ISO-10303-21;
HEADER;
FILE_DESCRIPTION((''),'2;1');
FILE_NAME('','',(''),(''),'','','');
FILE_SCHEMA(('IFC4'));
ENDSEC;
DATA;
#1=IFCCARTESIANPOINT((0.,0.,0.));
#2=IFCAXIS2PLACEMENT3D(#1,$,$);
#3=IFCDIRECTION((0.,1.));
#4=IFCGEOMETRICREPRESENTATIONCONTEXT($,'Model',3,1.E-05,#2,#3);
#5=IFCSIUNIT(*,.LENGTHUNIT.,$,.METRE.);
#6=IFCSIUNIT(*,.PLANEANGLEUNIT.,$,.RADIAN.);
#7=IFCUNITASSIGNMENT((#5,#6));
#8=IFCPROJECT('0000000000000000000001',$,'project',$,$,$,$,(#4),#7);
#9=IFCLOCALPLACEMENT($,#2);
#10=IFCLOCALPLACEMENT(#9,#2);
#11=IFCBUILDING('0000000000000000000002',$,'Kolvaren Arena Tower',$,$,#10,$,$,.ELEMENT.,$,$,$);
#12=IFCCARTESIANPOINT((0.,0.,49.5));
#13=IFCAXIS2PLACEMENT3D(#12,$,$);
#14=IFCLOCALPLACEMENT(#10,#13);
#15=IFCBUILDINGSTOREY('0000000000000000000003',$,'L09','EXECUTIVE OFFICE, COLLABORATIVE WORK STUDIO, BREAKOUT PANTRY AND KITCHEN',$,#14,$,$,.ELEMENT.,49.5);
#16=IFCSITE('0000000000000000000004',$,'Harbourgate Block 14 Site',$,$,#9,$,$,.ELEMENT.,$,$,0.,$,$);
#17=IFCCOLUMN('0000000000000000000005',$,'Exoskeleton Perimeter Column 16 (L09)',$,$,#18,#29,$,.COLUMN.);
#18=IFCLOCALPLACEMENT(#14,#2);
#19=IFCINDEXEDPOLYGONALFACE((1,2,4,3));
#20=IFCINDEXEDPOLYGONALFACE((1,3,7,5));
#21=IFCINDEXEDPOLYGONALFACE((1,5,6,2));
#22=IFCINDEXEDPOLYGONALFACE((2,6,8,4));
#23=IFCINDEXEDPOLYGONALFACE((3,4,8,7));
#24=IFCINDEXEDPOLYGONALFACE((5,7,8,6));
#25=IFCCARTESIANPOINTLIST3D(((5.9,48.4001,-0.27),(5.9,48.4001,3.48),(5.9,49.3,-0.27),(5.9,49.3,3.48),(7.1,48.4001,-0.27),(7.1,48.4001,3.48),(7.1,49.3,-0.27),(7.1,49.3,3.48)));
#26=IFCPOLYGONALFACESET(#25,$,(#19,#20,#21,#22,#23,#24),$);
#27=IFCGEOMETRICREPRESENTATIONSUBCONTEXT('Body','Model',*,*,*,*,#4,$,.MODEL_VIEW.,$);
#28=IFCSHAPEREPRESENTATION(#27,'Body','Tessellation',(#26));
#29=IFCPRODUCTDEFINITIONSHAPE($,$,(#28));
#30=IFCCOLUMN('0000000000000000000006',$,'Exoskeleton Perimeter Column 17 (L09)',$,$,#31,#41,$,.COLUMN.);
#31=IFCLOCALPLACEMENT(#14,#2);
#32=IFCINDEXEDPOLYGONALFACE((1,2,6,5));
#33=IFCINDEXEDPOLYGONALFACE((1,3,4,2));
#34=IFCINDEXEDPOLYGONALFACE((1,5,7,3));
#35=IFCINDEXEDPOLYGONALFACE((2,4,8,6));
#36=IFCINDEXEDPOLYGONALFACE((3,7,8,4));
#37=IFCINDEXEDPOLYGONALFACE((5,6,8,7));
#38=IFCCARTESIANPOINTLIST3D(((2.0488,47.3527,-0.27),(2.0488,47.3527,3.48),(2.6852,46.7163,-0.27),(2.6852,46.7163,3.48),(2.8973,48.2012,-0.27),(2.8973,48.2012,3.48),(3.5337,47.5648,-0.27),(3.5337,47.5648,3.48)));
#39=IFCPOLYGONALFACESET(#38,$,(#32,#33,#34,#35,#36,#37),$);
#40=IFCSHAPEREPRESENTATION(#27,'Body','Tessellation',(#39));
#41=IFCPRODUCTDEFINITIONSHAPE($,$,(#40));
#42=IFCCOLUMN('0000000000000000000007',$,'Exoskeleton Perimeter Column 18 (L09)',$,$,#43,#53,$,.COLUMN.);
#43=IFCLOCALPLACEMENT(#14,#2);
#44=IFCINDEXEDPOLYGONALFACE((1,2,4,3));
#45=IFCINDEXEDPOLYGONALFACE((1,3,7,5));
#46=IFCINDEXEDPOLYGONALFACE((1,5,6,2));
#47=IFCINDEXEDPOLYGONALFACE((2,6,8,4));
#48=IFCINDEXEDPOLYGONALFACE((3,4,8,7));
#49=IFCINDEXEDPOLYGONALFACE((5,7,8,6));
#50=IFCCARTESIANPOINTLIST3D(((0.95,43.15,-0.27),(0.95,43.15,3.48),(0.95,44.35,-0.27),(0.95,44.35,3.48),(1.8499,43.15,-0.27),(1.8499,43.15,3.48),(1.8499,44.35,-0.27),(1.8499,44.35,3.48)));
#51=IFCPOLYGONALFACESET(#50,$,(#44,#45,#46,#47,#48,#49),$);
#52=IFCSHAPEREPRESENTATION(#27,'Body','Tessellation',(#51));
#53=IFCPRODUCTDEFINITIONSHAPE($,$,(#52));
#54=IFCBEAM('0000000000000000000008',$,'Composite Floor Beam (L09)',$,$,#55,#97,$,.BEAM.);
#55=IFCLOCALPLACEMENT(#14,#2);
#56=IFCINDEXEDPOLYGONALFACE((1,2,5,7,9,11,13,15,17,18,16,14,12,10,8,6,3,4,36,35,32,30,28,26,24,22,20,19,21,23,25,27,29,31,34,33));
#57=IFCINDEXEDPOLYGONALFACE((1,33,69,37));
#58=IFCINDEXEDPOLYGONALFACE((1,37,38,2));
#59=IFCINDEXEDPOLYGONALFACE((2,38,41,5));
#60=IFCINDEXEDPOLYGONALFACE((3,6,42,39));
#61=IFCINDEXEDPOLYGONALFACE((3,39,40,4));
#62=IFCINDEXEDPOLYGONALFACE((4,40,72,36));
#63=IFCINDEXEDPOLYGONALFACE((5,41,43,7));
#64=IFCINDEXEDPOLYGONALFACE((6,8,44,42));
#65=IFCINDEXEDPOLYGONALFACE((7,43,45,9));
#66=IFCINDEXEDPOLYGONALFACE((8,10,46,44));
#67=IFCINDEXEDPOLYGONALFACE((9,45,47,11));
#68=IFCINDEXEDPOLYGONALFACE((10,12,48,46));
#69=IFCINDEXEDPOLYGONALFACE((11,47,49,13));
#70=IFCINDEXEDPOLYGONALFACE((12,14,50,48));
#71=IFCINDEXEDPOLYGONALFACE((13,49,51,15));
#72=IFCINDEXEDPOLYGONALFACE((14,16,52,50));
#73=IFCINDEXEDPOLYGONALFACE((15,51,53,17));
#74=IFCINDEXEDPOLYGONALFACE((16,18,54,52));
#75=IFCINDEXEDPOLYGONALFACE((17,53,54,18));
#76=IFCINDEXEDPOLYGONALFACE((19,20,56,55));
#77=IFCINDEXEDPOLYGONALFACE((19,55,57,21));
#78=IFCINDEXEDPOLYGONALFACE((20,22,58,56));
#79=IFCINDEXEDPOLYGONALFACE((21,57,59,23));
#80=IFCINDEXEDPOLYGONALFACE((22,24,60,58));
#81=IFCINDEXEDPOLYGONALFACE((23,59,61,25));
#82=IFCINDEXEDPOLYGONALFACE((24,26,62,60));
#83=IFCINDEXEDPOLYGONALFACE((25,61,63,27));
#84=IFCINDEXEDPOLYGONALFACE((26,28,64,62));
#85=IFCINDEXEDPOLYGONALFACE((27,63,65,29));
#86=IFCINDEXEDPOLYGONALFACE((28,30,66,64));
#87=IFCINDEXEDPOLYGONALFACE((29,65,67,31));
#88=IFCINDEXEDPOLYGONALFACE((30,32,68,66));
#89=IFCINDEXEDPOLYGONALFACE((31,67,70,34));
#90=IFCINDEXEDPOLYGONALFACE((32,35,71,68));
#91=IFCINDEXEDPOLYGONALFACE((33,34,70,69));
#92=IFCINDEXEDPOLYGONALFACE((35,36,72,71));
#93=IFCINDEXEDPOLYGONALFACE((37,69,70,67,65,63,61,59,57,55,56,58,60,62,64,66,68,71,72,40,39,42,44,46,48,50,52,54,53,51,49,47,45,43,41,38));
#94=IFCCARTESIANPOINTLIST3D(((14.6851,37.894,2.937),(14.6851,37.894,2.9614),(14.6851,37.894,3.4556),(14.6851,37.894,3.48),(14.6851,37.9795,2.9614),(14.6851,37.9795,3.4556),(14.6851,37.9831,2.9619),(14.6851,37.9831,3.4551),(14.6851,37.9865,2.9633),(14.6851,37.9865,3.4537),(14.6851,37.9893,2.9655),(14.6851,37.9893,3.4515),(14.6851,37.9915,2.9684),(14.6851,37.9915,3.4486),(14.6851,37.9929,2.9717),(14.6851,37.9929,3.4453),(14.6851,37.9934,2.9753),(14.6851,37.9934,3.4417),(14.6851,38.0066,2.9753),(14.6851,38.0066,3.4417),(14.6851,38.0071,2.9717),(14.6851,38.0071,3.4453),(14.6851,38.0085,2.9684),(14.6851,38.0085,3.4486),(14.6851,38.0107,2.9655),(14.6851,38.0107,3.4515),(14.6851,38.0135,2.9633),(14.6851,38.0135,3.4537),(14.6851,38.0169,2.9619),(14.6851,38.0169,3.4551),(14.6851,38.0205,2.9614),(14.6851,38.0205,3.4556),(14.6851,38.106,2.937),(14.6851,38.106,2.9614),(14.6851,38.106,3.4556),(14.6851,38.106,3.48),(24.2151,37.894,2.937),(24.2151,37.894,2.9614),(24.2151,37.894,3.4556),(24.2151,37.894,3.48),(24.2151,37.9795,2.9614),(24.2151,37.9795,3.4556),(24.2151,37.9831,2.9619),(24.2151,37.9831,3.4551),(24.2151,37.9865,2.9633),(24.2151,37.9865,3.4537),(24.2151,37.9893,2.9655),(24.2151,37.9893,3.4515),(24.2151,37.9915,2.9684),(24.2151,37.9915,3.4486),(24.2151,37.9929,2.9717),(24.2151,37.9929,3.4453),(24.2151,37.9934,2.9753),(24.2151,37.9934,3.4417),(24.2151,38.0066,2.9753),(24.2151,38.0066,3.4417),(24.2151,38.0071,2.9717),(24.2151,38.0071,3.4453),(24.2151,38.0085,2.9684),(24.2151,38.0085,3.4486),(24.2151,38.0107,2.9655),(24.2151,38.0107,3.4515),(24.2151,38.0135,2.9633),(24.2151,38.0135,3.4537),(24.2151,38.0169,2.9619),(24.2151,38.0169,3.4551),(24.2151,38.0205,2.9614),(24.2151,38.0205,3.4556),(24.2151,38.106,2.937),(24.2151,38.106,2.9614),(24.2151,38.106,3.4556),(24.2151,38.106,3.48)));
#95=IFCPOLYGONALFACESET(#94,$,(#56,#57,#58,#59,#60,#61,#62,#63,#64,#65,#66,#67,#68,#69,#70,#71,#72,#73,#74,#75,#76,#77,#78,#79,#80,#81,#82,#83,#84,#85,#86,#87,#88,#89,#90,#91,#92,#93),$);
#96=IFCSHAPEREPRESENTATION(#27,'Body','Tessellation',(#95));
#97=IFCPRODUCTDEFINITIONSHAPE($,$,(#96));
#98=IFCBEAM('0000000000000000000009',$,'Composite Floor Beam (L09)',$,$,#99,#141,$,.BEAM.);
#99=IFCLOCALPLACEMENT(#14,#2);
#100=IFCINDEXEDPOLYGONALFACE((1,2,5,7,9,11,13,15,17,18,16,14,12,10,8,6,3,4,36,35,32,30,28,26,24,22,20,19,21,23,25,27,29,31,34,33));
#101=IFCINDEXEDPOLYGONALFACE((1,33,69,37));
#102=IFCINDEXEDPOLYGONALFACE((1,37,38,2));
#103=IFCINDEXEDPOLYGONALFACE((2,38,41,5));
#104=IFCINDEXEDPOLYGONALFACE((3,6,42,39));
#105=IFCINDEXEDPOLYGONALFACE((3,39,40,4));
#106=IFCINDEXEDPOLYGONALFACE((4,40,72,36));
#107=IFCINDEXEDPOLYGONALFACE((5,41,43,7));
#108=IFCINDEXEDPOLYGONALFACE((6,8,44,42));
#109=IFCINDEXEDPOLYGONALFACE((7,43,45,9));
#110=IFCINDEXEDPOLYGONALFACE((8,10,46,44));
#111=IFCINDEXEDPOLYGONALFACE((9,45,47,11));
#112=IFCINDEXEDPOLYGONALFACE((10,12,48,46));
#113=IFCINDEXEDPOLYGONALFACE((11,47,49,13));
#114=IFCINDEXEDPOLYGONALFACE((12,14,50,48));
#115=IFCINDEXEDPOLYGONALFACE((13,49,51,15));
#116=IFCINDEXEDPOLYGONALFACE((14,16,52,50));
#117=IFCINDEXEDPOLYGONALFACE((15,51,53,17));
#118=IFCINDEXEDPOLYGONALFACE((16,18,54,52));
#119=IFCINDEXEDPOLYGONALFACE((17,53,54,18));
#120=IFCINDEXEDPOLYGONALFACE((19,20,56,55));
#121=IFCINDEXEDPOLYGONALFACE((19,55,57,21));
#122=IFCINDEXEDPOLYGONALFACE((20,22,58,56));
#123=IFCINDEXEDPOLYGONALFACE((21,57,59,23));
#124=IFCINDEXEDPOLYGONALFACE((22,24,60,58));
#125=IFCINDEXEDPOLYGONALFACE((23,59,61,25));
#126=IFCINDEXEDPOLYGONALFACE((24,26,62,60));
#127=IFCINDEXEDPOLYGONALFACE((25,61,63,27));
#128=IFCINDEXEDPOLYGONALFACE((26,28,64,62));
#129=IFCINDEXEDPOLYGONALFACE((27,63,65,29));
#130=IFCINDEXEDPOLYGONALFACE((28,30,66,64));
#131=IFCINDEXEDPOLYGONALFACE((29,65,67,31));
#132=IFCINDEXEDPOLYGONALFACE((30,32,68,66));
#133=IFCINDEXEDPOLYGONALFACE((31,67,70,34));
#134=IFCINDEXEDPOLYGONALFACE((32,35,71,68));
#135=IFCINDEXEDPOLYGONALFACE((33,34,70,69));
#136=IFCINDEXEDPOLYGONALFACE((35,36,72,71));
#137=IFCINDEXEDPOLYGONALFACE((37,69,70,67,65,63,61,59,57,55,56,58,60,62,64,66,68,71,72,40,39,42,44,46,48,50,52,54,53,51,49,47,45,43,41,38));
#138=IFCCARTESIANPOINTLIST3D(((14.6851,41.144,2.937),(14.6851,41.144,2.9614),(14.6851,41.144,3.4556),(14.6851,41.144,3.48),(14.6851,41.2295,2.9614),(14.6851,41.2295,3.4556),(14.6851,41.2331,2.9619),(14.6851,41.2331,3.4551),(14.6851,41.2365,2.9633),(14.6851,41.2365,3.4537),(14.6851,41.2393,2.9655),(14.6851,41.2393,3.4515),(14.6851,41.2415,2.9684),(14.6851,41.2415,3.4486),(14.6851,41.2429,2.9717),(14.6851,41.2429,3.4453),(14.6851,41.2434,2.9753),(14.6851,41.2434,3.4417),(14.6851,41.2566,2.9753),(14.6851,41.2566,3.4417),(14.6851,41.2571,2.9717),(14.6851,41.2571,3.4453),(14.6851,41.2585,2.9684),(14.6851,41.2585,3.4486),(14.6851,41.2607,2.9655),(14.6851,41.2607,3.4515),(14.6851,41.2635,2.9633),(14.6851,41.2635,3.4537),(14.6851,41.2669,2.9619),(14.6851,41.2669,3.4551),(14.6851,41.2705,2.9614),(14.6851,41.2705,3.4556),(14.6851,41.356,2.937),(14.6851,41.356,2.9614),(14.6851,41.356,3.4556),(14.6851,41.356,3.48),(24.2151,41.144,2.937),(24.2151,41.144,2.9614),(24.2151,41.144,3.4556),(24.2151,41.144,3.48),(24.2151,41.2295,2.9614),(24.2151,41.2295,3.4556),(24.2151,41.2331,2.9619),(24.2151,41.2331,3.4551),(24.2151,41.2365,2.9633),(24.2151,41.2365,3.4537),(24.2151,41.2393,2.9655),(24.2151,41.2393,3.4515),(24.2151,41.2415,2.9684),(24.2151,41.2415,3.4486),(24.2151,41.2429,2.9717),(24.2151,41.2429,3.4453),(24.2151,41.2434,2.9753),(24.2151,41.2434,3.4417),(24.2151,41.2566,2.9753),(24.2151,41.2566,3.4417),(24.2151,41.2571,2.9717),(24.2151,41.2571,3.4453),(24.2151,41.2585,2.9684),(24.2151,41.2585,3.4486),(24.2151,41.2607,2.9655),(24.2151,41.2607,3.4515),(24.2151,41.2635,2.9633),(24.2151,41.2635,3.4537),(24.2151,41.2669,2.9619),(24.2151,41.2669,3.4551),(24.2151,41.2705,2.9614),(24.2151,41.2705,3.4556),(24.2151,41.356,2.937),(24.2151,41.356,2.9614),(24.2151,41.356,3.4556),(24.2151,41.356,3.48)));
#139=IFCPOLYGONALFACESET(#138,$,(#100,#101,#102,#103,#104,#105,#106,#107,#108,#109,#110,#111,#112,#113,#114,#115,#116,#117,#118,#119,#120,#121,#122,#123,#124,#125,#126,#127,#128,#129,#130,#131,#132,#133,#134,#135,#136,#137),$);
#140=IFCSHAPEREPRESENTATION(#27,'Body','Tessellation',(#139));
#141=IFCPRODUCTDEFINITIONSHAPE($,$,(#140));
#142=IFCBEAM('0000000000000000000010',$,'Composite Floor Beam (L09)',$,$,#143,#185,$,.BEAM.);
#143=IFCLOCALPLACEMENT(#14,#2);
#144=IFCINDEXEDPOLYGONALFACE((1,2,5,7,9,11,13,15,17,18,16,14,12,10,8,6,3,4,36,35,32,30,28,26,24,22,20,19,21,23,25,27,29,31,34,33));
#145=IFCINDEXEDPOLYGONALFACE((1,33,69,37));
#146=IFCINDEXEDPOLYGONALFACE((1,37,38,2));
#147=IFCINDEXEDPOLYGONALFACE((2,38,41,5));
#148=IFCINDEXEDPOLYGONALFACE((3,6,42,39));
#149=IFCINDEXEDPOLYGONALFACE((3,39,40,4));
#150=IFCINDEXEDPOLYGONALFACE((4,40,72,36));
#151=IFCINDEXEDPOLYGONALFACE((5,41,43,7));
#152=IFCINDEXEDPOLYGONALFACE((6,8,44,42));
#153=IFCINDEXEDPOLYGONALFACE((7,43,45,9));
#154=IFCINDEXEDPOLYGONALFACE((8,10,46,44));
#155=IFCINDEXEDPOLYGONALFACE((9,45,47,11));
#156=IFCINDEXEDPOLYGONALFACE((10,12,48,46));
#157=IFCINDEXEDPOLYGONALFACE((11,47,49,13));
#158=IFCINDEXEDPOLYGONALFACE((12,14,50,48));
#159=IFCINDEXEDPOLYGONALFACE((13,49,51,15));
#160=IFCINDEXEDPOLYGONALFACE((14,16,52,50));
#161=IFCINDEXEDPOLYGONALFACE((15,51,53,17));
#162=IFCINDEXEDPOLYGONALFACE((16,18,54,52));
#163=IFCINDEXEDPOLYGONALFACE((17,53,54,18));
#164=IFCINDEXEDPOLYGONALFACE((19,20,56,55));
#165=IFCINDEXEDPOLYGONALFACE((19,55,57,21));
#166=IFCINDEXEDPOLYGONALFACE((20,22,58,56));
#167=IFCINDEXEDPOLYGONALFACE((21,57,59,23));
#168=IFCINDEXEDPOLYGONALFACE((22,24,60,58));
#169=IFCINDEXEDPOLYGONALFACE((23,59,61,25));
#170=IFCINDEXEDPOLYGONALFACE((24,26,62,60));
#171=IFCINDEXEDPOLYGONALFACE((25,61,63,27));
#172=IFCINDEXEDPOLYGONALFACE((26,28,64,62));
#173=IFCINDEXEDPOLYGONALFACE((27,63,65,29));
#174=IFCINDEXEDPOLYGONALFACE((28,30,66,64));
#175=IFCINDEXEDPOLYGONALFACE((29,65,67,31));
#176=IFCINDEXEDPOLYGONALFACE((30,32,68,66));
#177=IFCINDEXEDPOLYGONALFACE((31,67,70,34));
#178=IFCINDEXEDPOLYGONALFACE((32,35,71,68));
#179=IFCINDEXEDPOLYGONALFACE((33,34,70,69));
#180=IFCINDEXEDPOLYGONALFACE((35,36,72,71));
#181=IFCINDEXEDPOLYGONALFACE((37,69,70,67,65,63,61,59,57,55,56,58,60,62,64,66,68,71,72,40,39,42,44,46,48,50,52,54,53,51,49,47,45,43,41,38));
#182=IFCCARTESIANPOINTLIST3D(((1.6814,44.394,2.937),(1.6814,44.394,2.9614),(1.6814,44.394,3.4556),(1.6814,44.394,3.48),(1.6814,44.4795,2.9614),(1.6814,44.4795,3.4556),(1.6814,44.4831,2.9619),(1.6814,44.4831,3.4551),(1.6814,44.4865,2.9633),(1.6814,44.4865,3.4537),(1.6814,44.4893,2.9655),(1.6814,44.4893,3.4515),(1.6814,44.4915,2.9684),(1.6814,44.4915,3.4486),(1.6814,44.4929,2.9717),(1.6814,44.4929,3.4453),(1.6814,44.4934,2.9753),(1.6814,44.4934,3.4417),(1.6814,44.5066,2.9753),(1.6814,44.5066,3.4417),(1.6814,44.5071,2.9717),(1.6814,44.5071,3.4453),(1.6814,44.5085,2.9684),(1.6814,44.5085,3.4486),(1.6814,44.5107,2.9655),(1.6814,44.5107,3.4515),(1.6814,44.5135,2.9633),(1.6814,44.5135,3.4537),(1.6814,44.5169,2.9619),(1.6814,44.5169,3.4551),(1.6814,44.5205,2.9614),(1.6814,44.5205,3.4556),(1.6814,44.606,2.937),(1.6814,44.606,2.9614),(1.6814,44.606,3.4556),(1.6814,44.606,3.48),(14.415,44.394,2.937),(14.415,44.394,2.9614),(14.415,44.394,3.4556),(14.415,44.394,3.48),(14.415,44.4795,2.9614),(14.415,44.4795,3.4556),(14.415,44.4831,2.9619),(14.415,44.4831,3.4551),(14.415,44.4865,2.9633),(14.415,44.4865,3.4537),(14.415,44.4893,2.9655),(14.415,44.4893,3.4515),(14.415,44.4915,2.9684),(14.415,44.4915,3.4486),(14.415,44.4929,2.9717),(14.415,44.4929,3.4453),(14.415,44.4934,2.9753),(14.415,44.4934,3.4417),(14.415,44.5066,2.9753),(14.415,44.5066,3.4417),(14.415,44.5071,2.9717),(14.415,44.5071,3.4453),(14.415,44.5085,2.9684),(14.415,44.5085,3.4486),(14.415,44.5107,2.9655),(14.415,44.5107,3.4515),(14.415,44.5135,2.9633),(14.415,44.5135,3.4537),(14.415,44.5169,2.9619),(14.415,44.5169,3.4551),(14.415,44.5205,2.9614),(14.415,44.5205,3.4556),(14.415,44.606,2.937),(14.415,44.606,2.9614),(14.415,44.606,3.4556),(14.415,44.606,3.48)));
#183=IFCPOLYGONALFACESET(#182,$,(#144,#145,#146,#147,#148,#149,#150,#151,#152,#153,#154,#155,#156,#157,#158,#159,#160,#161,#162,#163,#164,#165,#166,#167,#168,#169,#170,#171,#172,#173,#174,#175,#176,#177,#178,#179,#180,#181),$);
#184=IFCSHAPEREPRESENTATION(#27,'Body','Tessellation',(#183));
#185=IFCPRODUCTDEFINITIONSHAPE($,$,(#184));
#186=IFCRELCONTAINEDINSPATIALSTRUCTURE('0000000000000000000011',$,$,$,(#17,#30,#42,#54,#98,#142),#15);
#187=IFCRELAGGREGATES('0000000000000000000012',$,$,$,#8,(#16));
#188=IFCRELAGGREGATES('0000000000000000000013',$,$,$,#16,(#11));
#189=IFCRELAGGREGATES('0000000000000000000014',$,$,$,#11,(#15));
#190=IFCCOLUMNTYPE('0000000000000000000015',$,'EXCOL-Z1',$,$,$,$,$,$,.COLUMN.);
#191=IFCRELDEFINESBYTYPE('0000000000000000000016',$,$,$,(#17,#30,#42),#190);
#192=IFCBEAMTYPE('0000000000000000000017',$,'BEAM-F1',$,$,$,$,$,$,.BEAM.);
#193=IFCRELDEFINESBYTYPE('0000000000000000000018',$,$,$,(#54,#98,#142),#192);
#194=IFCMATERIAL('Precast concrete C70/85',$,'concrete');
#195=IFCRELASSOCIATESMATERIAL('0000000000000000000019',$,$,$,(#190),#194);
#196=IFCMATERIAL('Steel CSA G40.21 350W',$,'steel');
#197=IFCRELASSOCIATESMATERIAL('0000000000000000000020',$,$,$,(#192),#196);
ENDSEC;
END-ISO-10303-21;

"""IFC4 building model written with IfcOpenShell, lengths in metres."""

from ifc_helpers import new_model, si_unit, direction, frame, origin, origin_2d, place, context, subcontext, project, spatial, rectangle, i_section, extrude, material, material_profile, profile_set, type_object, element, save


model = new_model("IFC4")

# Units and contexts
model_context = context("Model", 3, precision=1e-05, world=origin(), true_north=direction((0.0, 1.0)))
body_context = subcontext(model_context, "Body", "Model", "MODEL_VIEW")
ifc_project = project(units=[si_unit("LENGTHUNIT", "METRE"), si_unit("PLANEANGLEUNIT", "RADIAN")], contexts=[model_context])

# Site, building, storey
site_placement = place(None, origin())
site = spatial("IfcSite", under=ifc_project, at=site_placement, Name="Harbourgate Block 14 Site", CompositionType="ELEMENT", RefElevation=0.0)
building_placement = place(site_placement, origin())
building = spatial("IfcBuilding", under=site, at=building_placement, Name="Kolvaren Arena Tower", CompositionType="ELEMENT")
storey_placement = place(building_placement, frame((0.0, 0.0, 49.5)))
storey = spatial("IfcBuildingStorey", under=building, at=storey_placement, Name="L09", Description="EXECUTIVE OFFICE, COLLABORATIVE WORK STUDIO, BREAKOUT PANTRY AND KITCHEN", CompositionType="ELEMENT", Elevation=49.5)

# Columns
ifc_material_1 = material(Name="Precast concrete C70/85", Category="concrete")
ifc_material_profile_1 = material_profile(ifc_material_1, rectangle(XDim=1.2, YDim=0.8999, at=origin_2d()), Name="RC-1200x900")
ifc_profile_set_1 = profile_set([ifc_material_profile_1], Name="Precast concrete C70/85")
column_type = type_object("IfcColumnType", Name="EXCOL-Z1", PredefinedType="COLUMN", material=ifc_profile_set_1)
for number, where, z_axis, x_axis, name in (
    (1, (6.5, 48.8501, -0.27), (0.0, 0.0, 1.0), (1.0, 0.0, 0.0), "Exoskeleton Perimeter Column 16 (L09)"),
    (2, (2.7913, 47.4587, -0.27), (0.0, 0.0, 1.0), (0.707107, 0.707107, 0.0), "Exoskeleton Perimeter Column 17 (L09)"),
    (3, (1.3999, 43.75, -0.27), (0.0, 0.0, 1.0), (0.0, 1.0, 0.0), "Exoskeleton Perimeter Column 18 (L09)"),
):
    element("IfcColumn", number, at=place(storey_placement, frame(where, z_axis=z_axis, x_axis=x_axis)), inside=storey, type_object=column_type, Name=name, PredefinedType="COLUMN", context=body_context, shape_type="SweptSolid", body=[
        extrude(rectangle(XDim=1.2, YDim=0.8999, at=origin_2d()), origin(), (0.0, 0.0, 1.0), 3.75),
    ])

# Beams
ifc_material_2 = material(Name="Steel CSA G40.21 350W", Category="steel")
ifc_material_profile_2 = material_profile(ifc_material_2, i_section(OverallWidth=0.2119, OverallDepth=0.543, WebThickness=0.0132, FlangeThickness=0.0244, FilletRadius=0.0139, at=origin_2d()), Name="W530x150")
ifc_profile_set_2 = profile_set([ifc_material_profile_2], Name="Steel CSA G40.21 350W")
beam_type_1 = type_object("IfcBeamType", Name="BEAM-F1", PredefinedType="BEAM", material=ifc_profile_set_2)
for number, where, z_axis, x_axis, name in (
    (4, (14.6851, 38.0, 3.2085), (1.0, 0.0, 0.0), (0.0, 1.0, 0.0), "Composite Floor Beam (L09)"),
    (5, (14.6851, 41.25, 3.2085), (1.0, 0.0, 0.0), (0.0, 1.0, 0.0), "Composite Floor Beam (L09)"),
):
    element("IfcBeam", number, at=place(storey_placement, frame(where, z_axis=z_axis, x_axis=x_axis)), inside=storey, type_object=beam_type_1, Name=name, PredefinedType="BEAM", context=body_context, shape_type="SweptSolid", body=[
        extrude(i_section(OverallWidth=0.2119, OverallDepth=0.543, WebThickness=0.0132, FlangeThickness=0.0244, FilletRadius=0.0139, at=origin_2d()), origin(), (0.0, 0.0, 1.0), 9.53),
    ])
beam_1_placement = place(storey_placement, frame((1.6814, 44.5, 3.2085), z_axis=(1.0, 0.0, 0.0), x_axis=(0.0, 1.0, 0.0)))
element("IfcBeam", 6, at=beam_1_placement, inside=storey, type_object=beam_type_1, Name="Composite Floor Beam (L09)", PredefinedType="BEAM", context=body_context, shape_type="SweptSolid", body=[
    extrude(i_section(OverallWidth=0.2119, OverallDepth=0.543, WebThickness=0.0132, FlangeThickness=0.0244, FilletRadius=0.0139, at=origin_2d()), origin(), (0.0, 0.0, 1.0), 12.7336),
])

save(model, "model.ifc")
